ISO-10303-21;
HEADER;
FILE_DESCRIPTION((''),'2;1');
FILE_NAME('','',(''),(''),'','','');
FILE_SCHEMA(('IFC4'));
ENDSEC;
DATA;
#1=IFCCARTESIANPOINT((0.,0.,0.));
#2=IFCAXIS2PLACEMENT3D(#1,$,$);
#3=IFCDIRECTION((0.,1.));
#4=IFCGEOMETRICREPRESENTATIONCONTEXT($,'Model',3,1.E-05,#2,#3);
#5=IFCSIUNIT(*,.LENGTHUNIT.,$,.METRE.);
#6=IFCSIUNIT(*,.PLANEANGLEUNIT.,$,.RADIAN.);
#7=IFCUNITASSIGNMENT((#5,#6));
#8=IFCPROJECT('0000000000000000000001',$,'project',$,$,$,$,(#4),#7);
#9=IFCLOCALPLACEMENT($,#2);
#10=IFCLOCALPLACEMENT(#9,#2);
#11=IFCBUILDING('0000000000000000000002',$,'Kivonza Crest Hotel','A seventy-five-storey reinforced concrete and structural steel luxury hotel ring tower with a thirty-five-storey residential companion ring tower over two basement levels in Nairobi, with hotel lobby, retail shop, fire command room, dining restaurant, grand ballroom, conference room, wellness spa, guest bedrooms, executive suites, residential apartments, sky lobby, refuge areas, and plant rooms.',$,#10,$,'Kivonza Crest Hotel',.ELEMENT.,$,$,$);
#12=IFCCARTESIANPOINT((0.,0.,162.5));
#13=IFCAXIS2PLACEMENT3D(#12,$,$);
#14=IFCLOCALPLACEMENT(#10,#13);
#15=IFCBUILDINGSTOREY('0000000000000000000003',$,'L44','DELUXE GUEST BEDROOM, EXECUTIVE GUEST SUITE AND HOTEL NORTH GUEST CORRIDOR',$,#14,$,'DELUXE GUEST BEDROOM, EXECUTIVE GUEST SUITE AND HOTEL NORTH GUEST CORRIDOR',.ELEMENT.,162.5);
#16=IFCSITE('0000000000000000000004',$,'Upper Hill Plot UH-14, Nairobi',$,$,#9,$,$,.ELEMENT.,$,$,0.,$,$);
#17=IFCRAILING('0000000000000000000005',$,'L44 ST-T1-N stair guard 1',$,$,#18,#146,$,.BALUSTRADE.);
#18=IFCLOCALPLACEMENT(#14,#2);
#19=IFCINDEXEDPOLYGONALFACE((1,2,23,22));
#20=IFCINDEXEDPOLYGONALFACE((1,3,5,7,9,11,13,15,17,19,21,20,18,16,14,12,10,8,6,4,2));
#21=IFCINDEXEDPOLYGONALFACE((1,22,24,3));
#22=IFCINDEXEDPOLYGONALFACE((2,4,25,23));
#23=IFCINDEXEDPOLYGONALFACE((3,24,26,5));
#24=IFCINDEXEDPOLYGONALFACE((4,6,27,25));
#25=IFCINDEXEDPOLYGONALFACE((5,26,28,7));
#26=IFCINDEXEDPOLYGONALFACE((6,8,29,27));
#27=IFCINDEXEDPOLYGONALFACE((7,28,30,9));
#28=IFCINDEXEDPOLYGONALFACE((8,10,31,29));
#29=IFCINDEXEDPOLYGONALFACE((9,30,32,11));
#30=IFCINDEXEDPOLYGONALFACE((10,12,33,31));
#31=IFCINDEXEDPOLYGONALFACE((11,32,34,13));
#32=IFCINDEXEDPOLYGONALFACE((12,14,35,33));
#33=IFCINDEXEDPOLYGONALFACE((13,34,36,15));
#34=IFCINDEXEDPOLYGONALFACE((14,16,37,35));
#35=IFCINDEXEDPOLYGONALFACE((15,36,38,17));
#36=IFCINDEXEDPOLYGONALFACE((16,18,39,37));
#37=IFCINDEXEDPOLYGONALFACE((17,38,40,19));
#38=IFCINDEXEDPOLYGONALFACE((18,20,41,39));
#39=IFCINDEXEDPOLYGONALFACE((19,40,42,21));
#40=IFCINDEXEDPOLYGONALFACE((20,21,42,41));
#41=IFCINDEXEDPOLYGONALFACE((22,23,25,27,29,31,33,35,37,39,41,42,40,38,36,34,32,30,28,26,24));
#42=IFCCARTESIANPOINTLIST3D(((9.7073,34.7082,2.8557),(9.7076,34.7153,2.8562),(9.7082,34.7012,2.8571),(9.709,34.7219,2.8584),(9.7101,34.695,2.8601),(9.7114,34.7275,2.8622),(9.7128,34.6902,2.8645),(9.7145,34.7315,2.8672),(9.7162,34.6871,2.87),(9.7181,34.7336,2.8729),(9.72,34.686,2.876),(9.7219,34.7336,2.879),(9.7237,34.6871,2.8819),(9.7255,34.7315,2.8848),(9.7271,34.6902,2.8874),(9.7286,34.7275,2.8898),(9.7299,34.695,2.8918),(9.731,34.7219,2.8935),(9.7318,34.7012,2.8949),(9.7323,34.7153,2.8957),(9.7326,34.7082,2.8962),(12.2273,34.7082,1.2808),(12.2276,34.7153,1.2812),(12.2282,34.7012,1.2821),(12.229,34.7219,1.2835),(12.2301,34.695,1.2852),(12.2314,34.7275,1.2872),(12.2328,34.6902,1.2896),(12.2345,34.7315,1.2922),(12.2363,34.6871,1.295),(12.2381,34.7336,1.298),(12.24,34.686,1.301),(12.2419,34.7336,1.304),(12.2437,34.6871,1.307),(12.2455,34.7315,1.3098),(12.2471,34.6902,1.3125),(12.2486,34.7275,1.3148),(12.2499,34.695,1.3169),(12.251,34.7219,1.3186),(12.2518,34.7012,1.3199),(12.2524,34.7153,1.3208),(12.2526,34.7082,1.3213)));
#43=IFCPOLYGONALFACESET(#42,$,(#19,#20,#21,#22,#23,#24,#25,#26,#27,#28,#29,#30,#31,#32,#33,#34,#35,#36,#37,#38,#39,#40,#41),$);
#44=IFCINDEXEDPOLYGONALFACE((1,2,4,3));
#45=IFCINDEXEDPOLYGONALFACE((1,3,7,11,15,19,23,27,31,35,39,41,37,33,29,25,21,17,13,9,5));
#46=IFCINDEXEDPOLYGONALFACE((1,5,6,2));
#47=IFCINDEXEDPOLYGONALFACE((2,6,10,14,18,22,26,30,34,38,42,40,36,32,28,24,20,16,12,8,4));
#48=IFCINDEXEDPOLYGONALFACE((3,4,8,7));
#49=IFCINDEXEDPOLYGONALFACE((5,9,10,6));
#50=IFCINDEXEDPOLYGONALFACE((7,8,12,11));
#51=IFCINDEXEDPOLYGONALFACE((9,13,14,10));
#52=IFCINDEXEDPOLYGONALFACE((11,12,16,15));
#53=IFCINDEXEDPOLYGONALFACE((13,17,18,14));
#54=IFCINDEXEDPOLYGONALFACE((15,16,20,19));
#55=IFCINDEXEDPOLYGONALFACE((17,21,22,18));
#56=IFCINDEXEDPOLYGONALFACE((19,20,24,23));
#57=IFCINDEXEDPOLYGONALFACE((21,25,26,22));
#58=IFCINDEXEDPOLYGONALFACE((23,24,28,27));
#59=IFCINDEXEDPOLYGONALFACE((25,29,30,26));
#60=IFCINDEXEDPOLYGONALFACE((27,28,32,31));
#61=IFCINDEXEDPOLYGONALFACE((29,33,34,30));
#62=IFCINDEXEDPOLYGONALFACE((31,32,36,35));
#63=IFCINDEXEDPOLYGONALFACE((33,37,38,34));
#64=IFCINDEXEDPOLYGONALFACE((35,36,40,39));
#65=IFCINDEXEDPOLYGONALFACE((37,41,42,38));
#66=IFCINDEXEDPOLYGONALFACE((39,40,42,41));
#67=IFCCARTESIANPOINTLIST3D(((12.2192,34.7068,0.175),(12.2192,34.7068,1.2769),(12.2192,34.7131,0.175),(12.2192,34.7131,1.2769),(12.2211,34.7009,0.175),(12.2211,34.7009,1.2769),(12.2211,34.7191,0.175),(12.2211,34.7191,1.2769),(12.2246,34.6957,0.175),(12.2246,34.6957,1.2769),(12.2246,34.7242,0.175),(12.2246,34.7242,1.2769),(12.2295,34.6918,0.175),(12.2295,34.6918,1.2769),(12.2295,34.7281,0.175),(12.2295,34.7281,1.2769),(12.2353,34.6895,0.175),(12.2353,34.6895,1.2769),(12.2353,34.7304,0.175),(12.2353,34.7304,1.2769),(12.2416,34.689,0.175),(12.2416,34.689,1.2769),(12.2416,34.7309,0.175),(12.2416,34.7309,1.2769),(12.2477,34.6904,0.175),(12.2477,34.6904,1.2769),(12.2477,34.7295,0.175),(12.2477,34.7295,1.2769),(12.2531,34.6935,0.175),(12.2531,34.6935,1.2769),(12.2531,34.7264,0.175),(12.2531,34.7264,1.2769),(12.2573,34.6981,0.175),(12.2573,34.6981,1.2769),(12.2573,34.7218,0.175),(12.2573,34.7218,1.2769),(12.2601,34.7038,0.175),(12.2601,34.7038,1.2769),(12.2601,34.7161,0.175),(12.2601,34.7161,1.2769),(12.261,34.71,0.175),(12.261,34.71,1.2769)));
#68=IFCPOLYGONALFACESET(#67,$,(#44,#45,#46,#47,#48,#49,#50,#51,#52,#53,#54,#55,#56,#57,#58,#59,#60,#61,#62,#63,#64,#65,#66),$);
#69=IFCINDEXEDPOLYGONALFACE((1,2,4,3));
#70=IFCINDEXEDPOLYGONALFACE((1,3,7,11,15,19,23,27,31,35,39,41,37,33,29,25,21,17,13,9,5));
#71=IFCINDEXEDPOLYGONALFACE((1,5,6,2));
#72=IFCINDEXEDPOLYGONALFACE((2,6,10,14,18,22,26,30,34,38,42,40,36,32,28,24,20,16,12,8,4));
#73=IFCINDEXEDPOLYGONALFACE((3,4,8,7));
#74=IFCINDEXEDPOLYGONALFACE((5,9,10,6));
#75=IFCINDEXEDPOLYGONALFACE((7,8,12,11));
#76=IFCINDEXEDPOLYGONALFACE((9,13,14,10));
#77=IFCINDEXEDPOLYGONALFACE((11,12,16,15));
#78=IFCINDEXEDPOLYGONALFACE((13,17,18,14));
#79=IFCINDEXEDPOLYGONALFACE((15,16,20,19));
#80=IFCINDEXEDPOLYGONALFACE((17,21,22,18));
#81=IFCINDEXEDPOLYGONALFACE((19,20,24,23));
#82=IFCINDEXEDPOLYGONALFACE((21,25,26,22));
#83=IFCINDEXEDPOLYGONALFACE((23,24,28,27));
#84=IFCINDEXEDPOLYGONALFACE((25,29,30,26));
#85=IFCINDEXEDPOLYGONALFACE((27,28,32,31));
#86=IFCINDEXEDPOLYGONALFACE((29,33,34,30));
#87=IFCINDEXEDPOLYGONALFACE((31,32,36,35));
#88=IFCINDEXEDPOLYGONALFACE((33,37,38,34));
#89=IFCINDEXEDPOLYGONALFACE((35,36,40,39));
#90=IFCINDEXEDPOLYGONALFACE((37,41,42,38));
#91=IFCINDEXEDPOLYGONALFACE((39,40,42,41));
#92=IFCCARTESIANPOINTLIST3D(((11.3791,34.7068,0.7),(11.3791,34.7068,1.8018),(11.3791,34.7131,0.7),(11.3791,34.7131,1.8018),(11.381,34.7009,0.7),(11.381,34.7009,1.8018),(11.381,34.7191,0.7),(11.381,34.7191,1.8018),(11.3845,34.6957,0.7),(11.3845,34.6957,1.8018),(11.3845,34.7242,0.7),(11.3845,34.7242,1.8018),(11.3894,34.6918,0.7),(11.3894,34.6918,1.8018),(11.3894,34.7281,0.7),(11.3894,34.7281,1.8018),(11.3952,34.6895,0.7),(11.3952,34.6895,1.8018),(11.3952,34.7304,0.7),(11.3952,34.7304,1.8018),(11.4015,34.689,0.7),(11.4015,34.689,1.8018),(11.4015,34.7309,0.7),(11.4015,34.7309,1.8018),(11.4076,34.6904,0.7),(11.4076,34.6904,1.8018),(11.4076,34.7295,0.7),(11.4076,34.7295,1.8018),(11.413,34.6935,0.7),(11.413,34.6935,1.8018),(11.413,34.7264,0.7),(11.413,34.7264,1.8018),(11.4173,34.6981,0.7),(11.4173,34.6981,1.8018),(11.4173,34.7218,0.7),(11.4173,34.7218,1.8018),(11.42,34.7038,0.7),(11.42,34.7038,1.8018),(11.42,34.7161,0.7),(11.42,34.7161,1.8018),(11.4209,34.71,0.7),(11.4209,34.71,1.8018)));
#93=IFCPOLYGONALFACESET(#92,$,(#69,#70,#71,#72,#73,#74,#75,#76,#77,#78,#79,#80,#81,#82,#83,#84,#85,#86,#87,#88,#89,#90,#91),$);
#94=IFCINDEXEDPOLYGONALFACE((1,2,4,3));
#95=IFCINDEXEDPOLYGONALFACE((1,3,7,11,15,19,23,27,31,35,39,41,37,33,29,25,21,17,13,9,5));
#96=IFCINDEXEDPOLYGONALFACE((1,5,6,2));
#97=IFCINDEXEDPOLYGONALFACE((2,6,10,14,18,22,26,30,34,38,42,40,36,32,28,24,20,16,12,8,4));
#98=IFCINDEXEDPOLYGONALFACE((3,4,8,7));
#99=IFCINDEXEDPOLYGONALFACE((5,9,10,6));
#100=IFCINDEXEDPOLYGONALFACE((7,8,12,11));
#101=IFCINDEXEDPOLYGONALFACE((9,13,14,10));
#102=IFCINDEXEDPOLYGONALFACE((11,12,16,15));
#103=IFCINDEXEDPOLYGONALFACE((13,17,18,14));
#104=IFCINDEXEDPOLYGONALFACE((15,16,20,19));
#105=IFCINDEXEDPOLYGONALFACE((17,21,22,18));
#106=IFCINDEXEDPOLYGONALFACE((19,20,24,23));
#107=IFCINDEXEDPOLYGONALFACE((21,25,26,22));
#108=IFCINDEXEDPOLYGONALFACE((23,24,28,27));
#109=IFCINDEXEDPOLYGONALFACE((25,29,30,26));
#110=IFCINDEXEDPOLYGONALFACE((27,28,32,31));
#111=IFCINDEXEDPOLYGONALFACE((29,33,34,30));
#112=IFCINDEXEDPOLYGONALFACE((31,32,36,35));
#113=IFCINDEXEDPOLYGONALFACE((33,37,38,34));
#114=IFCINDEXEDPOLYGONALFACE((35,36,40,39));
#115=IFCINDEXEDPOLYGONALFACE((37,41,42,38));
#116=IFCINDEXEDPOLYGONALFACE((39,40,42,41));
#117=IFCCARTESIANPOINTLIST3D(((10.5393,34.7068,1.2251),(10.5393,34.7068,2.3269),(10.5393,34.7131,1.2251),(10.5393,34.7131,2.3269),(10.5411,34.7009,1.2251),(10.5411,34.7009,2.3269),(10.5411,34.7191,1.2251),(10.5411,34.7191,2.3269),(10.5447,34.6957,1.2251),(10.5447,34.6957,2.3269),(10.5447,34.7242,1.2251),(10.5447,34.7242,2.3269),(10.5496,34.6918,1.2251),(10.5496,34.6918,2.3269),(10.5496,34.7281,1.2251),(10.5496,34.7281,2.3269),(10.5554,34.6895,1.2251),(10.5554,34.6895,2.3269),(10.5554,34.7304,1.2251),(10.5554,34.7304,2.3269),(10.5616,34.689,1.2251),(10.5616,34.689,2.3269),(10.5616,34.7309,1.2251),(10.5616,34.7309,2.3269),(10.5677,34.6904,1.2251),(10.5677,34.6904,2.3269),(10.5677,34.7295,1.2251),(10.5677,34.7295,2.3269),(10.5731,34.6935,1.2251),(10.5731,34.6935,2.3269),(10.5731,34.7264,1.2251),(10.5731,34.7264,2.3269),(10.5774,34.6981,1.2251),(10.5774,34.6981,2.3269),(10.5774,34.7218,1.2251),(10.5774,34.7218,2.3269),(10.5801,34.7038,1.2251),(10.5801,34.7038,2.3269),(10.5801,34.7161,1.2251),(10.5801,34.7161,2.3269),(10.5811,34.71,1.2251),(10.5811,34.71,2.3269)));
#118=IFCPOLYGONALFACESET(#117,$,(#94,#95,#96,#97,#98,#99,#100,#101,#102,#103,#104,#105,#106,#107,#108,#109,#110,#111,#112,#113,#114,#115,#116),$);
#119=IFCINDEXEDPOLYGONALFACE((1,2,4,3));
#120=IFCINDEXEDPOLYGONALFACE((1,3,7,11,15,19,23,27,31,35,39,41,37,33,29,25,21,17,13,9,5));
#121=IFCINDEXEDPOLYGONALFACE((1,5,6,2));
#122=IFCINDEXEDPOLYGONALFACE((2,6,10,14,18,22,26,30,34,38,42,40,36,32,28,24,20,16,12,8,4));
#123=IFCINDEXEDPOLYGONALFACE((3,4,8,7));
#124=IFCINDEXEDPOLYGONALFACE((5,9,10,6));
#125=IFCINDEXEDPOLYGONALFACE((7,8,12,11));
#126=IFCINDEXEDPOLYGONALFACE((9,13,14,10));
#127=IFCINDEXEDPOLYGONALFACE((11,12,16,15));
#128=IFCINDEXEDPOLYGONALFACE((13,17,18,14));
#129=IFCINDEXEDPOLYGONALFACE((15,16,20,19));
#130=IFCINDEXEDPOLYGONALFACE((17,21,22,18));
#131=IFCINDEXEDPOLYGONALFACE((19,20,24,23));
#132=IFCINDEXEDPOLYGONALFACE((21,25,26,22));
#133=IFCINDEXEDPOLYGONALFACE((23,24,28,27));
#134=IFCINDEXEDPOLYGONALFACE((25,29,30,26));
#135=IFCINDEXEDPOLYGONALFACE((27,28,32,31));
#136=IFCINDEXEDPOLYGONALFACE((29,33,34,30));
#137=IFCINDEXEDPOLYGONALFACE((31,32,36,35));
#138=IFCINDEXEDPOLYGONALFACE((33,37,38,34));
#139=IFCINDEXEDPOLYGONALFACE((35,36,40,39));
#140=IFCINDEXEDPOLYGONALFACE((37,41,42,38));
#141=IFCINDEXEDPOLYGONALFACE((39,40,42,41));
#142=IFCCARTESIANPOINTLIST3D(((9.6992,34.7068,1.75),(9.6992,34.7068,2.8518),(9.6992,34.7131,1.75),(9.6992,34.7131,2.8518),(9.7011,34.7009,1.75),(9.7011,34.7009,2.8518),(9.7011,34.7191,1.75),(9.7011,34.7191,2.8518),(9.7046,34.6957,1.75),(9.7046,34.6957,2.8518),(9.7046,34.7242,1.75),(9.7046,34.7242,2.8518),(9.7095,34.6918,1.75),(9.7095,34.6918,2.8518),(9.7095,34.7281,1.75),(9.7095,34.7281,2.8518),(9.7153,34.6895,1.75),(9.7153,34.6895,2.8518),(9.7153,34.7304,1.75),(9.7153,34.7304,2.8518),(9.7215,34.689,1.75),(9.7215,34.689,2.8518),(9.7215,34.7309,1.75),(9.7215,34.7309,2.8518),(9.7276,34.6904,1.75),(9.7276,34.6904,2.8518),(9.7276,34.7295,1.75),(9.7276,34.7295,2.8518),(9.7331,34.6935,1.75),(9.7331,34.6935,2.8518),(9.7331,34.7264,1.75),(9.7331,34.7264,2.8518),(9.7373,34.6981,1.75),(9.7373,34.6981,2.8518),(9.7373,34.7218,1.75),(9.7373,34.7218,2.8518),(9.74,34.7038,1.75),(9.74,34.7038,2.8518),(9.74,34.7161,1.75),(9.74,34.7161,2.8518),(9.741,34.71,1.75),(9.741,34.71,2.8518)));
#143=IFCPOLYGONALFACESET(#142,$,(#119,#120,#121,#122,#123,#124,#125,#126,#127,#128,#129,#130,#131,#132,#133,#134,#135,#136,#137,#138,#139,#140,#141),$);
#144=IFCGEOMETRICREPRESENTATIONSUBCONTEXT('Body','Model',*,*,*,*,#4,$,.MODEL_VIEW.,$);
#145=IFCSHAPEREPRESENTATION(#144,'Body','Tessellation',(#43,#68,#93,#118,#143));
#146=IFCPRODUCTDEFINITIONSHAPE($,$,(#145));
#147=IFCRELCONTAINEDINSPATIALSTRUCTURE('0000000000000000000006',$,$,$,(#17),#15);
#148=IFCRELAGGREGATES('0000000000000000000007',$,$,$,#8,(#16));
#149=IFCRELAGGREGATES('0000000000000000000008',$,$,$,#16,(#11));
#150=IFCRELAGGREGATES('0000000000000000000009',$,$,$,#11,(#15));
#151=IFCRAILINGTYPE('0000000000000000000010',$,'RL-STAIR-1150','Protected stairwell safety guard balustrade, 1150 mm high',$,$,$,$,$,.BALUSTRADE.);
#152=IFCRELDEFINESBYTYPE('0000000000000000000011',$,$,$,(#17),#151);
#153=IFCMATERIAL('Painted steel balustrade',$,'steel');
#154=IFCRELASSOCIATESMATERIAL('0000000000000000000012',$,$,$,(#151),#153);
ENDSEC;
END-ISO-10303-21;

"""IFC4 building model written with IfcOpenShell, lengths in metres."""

from ifc_helpers import new_model, si_unit, direction, frame, origin, origin_2d, place, context, subcontext, project, spatial, circle, extrude, material, type_object, element, save


model = new_model("IFC4")

# Units and contexts
model_context = context("Model", 3, precision=1e-05, world=origin(), true_north=direction((0.0, 1.0)))
body_context = subcontext(model_context, "Body", "Model", "MODEL_VIEW")
ifc_project = project(units=[si_unit("LENGTHUNIT", "METRE"), si_unit("PLANEANGLEUNIT", "RADIAN")], contexts=[model_context])

# Site, building, storey
site_placement = place(None, origin())
site = spatial("IfcSite", under=ifc_project, at=site_placement, Name="Upper Hill Plot UH-14, Nairobi", CompositionType="ELEMENT", RefElevation=0.0)
building_placement = place(site_placement, origin())
building = spatial("IfcBuilding", under=site, at=building_placement, Name="Kivonza Crest Hotel", Description="A seventy-five-storey reinforced concrete and structural steel luxury hotel ring tower with a thirty-five-storey residential companion ring tower over two basement levels in Nairobi, with hotel lobby, retail shop, fire command room, dining restaurant, grand ballroom, conference room, wellness spa, guest bedrooms, executive suites, residential apartments, sky lobby, refuge areas, and plant rooms.", LongName="Kivonza Crest Hotel", CompositionType="ELEMENT")
storey_placement = place(building_placement, frame((0.0, 0.0, 162.5)))
storey = spatial("IfcBuildingStorey", under=building, at=storey_placement, Name="L44", Description="DELUXE GUEST BEDROOM, EXECUTIVE GUEST SUITE AND HOTEL NORTH GUEST CORRIDOR", LongName="DELUXE GUEST BEDROOM, EXECUTIVE GUEST SUITE AND HOTEL NORTH GUEST CORRIDOR", CompositionType="ELEMENT", Elevation=162.5)

# Railing
ifc_material_1 = material(Name="Painted steel balustrade", Category="steel")
railing_type_1 = type_object("IfcRailingType", Name="RL-STAIR-1150", Description="Protected stairwell safety guard balustrade, 1150 mm high", PredefinedType="BALUSTRADE", material=ifc_material_1)
railing_1_placement = place(storey_placement, frame((12.24, 34.71, 0.175)))
element("IfcRailing", 1, at=railing_1_placement, inside=storey, type_object=railing_type_1, Name="L44 ST-T1-N stair guard 1", PredefinedType="BALUSTRADE", context=body_context, shape_type="SweptSolid", body=[
    extrude(circle(Radius=0.0239, at=origin_2d()), frame((0.0, 0.0, 1.126), z_axis=(-0.848008, 0.0, 0.529984), x_axis=(0.0, -1.0, 0.0)), (0.0, 0.0, 1.0), 2.9717),
    extrude(circle(Radius=0.021, at=origin_2d()), origin(), (0.0, 0.0, 1.0), 1.1018),
    extrude(circle(Radius=0.021, at=origin_2d()), frame((-0.8401, 0.0, 0.5249)), (0.0, 0.0, 1.0), 1.1018),
    extrude(circle(Radius=0.021, at=origin_2d()), frame((-1.6799, 0.0, 1.05)), (0.0, 0.0, 1.0), 1.1018),
    extrude(circle(Radius=0.021, at=origin_2d()), frame((-2.52, 0.0, 1.575)), (0.0, 0.0, 1.0), 1.1018),
])

save(model, "model.ifc")
